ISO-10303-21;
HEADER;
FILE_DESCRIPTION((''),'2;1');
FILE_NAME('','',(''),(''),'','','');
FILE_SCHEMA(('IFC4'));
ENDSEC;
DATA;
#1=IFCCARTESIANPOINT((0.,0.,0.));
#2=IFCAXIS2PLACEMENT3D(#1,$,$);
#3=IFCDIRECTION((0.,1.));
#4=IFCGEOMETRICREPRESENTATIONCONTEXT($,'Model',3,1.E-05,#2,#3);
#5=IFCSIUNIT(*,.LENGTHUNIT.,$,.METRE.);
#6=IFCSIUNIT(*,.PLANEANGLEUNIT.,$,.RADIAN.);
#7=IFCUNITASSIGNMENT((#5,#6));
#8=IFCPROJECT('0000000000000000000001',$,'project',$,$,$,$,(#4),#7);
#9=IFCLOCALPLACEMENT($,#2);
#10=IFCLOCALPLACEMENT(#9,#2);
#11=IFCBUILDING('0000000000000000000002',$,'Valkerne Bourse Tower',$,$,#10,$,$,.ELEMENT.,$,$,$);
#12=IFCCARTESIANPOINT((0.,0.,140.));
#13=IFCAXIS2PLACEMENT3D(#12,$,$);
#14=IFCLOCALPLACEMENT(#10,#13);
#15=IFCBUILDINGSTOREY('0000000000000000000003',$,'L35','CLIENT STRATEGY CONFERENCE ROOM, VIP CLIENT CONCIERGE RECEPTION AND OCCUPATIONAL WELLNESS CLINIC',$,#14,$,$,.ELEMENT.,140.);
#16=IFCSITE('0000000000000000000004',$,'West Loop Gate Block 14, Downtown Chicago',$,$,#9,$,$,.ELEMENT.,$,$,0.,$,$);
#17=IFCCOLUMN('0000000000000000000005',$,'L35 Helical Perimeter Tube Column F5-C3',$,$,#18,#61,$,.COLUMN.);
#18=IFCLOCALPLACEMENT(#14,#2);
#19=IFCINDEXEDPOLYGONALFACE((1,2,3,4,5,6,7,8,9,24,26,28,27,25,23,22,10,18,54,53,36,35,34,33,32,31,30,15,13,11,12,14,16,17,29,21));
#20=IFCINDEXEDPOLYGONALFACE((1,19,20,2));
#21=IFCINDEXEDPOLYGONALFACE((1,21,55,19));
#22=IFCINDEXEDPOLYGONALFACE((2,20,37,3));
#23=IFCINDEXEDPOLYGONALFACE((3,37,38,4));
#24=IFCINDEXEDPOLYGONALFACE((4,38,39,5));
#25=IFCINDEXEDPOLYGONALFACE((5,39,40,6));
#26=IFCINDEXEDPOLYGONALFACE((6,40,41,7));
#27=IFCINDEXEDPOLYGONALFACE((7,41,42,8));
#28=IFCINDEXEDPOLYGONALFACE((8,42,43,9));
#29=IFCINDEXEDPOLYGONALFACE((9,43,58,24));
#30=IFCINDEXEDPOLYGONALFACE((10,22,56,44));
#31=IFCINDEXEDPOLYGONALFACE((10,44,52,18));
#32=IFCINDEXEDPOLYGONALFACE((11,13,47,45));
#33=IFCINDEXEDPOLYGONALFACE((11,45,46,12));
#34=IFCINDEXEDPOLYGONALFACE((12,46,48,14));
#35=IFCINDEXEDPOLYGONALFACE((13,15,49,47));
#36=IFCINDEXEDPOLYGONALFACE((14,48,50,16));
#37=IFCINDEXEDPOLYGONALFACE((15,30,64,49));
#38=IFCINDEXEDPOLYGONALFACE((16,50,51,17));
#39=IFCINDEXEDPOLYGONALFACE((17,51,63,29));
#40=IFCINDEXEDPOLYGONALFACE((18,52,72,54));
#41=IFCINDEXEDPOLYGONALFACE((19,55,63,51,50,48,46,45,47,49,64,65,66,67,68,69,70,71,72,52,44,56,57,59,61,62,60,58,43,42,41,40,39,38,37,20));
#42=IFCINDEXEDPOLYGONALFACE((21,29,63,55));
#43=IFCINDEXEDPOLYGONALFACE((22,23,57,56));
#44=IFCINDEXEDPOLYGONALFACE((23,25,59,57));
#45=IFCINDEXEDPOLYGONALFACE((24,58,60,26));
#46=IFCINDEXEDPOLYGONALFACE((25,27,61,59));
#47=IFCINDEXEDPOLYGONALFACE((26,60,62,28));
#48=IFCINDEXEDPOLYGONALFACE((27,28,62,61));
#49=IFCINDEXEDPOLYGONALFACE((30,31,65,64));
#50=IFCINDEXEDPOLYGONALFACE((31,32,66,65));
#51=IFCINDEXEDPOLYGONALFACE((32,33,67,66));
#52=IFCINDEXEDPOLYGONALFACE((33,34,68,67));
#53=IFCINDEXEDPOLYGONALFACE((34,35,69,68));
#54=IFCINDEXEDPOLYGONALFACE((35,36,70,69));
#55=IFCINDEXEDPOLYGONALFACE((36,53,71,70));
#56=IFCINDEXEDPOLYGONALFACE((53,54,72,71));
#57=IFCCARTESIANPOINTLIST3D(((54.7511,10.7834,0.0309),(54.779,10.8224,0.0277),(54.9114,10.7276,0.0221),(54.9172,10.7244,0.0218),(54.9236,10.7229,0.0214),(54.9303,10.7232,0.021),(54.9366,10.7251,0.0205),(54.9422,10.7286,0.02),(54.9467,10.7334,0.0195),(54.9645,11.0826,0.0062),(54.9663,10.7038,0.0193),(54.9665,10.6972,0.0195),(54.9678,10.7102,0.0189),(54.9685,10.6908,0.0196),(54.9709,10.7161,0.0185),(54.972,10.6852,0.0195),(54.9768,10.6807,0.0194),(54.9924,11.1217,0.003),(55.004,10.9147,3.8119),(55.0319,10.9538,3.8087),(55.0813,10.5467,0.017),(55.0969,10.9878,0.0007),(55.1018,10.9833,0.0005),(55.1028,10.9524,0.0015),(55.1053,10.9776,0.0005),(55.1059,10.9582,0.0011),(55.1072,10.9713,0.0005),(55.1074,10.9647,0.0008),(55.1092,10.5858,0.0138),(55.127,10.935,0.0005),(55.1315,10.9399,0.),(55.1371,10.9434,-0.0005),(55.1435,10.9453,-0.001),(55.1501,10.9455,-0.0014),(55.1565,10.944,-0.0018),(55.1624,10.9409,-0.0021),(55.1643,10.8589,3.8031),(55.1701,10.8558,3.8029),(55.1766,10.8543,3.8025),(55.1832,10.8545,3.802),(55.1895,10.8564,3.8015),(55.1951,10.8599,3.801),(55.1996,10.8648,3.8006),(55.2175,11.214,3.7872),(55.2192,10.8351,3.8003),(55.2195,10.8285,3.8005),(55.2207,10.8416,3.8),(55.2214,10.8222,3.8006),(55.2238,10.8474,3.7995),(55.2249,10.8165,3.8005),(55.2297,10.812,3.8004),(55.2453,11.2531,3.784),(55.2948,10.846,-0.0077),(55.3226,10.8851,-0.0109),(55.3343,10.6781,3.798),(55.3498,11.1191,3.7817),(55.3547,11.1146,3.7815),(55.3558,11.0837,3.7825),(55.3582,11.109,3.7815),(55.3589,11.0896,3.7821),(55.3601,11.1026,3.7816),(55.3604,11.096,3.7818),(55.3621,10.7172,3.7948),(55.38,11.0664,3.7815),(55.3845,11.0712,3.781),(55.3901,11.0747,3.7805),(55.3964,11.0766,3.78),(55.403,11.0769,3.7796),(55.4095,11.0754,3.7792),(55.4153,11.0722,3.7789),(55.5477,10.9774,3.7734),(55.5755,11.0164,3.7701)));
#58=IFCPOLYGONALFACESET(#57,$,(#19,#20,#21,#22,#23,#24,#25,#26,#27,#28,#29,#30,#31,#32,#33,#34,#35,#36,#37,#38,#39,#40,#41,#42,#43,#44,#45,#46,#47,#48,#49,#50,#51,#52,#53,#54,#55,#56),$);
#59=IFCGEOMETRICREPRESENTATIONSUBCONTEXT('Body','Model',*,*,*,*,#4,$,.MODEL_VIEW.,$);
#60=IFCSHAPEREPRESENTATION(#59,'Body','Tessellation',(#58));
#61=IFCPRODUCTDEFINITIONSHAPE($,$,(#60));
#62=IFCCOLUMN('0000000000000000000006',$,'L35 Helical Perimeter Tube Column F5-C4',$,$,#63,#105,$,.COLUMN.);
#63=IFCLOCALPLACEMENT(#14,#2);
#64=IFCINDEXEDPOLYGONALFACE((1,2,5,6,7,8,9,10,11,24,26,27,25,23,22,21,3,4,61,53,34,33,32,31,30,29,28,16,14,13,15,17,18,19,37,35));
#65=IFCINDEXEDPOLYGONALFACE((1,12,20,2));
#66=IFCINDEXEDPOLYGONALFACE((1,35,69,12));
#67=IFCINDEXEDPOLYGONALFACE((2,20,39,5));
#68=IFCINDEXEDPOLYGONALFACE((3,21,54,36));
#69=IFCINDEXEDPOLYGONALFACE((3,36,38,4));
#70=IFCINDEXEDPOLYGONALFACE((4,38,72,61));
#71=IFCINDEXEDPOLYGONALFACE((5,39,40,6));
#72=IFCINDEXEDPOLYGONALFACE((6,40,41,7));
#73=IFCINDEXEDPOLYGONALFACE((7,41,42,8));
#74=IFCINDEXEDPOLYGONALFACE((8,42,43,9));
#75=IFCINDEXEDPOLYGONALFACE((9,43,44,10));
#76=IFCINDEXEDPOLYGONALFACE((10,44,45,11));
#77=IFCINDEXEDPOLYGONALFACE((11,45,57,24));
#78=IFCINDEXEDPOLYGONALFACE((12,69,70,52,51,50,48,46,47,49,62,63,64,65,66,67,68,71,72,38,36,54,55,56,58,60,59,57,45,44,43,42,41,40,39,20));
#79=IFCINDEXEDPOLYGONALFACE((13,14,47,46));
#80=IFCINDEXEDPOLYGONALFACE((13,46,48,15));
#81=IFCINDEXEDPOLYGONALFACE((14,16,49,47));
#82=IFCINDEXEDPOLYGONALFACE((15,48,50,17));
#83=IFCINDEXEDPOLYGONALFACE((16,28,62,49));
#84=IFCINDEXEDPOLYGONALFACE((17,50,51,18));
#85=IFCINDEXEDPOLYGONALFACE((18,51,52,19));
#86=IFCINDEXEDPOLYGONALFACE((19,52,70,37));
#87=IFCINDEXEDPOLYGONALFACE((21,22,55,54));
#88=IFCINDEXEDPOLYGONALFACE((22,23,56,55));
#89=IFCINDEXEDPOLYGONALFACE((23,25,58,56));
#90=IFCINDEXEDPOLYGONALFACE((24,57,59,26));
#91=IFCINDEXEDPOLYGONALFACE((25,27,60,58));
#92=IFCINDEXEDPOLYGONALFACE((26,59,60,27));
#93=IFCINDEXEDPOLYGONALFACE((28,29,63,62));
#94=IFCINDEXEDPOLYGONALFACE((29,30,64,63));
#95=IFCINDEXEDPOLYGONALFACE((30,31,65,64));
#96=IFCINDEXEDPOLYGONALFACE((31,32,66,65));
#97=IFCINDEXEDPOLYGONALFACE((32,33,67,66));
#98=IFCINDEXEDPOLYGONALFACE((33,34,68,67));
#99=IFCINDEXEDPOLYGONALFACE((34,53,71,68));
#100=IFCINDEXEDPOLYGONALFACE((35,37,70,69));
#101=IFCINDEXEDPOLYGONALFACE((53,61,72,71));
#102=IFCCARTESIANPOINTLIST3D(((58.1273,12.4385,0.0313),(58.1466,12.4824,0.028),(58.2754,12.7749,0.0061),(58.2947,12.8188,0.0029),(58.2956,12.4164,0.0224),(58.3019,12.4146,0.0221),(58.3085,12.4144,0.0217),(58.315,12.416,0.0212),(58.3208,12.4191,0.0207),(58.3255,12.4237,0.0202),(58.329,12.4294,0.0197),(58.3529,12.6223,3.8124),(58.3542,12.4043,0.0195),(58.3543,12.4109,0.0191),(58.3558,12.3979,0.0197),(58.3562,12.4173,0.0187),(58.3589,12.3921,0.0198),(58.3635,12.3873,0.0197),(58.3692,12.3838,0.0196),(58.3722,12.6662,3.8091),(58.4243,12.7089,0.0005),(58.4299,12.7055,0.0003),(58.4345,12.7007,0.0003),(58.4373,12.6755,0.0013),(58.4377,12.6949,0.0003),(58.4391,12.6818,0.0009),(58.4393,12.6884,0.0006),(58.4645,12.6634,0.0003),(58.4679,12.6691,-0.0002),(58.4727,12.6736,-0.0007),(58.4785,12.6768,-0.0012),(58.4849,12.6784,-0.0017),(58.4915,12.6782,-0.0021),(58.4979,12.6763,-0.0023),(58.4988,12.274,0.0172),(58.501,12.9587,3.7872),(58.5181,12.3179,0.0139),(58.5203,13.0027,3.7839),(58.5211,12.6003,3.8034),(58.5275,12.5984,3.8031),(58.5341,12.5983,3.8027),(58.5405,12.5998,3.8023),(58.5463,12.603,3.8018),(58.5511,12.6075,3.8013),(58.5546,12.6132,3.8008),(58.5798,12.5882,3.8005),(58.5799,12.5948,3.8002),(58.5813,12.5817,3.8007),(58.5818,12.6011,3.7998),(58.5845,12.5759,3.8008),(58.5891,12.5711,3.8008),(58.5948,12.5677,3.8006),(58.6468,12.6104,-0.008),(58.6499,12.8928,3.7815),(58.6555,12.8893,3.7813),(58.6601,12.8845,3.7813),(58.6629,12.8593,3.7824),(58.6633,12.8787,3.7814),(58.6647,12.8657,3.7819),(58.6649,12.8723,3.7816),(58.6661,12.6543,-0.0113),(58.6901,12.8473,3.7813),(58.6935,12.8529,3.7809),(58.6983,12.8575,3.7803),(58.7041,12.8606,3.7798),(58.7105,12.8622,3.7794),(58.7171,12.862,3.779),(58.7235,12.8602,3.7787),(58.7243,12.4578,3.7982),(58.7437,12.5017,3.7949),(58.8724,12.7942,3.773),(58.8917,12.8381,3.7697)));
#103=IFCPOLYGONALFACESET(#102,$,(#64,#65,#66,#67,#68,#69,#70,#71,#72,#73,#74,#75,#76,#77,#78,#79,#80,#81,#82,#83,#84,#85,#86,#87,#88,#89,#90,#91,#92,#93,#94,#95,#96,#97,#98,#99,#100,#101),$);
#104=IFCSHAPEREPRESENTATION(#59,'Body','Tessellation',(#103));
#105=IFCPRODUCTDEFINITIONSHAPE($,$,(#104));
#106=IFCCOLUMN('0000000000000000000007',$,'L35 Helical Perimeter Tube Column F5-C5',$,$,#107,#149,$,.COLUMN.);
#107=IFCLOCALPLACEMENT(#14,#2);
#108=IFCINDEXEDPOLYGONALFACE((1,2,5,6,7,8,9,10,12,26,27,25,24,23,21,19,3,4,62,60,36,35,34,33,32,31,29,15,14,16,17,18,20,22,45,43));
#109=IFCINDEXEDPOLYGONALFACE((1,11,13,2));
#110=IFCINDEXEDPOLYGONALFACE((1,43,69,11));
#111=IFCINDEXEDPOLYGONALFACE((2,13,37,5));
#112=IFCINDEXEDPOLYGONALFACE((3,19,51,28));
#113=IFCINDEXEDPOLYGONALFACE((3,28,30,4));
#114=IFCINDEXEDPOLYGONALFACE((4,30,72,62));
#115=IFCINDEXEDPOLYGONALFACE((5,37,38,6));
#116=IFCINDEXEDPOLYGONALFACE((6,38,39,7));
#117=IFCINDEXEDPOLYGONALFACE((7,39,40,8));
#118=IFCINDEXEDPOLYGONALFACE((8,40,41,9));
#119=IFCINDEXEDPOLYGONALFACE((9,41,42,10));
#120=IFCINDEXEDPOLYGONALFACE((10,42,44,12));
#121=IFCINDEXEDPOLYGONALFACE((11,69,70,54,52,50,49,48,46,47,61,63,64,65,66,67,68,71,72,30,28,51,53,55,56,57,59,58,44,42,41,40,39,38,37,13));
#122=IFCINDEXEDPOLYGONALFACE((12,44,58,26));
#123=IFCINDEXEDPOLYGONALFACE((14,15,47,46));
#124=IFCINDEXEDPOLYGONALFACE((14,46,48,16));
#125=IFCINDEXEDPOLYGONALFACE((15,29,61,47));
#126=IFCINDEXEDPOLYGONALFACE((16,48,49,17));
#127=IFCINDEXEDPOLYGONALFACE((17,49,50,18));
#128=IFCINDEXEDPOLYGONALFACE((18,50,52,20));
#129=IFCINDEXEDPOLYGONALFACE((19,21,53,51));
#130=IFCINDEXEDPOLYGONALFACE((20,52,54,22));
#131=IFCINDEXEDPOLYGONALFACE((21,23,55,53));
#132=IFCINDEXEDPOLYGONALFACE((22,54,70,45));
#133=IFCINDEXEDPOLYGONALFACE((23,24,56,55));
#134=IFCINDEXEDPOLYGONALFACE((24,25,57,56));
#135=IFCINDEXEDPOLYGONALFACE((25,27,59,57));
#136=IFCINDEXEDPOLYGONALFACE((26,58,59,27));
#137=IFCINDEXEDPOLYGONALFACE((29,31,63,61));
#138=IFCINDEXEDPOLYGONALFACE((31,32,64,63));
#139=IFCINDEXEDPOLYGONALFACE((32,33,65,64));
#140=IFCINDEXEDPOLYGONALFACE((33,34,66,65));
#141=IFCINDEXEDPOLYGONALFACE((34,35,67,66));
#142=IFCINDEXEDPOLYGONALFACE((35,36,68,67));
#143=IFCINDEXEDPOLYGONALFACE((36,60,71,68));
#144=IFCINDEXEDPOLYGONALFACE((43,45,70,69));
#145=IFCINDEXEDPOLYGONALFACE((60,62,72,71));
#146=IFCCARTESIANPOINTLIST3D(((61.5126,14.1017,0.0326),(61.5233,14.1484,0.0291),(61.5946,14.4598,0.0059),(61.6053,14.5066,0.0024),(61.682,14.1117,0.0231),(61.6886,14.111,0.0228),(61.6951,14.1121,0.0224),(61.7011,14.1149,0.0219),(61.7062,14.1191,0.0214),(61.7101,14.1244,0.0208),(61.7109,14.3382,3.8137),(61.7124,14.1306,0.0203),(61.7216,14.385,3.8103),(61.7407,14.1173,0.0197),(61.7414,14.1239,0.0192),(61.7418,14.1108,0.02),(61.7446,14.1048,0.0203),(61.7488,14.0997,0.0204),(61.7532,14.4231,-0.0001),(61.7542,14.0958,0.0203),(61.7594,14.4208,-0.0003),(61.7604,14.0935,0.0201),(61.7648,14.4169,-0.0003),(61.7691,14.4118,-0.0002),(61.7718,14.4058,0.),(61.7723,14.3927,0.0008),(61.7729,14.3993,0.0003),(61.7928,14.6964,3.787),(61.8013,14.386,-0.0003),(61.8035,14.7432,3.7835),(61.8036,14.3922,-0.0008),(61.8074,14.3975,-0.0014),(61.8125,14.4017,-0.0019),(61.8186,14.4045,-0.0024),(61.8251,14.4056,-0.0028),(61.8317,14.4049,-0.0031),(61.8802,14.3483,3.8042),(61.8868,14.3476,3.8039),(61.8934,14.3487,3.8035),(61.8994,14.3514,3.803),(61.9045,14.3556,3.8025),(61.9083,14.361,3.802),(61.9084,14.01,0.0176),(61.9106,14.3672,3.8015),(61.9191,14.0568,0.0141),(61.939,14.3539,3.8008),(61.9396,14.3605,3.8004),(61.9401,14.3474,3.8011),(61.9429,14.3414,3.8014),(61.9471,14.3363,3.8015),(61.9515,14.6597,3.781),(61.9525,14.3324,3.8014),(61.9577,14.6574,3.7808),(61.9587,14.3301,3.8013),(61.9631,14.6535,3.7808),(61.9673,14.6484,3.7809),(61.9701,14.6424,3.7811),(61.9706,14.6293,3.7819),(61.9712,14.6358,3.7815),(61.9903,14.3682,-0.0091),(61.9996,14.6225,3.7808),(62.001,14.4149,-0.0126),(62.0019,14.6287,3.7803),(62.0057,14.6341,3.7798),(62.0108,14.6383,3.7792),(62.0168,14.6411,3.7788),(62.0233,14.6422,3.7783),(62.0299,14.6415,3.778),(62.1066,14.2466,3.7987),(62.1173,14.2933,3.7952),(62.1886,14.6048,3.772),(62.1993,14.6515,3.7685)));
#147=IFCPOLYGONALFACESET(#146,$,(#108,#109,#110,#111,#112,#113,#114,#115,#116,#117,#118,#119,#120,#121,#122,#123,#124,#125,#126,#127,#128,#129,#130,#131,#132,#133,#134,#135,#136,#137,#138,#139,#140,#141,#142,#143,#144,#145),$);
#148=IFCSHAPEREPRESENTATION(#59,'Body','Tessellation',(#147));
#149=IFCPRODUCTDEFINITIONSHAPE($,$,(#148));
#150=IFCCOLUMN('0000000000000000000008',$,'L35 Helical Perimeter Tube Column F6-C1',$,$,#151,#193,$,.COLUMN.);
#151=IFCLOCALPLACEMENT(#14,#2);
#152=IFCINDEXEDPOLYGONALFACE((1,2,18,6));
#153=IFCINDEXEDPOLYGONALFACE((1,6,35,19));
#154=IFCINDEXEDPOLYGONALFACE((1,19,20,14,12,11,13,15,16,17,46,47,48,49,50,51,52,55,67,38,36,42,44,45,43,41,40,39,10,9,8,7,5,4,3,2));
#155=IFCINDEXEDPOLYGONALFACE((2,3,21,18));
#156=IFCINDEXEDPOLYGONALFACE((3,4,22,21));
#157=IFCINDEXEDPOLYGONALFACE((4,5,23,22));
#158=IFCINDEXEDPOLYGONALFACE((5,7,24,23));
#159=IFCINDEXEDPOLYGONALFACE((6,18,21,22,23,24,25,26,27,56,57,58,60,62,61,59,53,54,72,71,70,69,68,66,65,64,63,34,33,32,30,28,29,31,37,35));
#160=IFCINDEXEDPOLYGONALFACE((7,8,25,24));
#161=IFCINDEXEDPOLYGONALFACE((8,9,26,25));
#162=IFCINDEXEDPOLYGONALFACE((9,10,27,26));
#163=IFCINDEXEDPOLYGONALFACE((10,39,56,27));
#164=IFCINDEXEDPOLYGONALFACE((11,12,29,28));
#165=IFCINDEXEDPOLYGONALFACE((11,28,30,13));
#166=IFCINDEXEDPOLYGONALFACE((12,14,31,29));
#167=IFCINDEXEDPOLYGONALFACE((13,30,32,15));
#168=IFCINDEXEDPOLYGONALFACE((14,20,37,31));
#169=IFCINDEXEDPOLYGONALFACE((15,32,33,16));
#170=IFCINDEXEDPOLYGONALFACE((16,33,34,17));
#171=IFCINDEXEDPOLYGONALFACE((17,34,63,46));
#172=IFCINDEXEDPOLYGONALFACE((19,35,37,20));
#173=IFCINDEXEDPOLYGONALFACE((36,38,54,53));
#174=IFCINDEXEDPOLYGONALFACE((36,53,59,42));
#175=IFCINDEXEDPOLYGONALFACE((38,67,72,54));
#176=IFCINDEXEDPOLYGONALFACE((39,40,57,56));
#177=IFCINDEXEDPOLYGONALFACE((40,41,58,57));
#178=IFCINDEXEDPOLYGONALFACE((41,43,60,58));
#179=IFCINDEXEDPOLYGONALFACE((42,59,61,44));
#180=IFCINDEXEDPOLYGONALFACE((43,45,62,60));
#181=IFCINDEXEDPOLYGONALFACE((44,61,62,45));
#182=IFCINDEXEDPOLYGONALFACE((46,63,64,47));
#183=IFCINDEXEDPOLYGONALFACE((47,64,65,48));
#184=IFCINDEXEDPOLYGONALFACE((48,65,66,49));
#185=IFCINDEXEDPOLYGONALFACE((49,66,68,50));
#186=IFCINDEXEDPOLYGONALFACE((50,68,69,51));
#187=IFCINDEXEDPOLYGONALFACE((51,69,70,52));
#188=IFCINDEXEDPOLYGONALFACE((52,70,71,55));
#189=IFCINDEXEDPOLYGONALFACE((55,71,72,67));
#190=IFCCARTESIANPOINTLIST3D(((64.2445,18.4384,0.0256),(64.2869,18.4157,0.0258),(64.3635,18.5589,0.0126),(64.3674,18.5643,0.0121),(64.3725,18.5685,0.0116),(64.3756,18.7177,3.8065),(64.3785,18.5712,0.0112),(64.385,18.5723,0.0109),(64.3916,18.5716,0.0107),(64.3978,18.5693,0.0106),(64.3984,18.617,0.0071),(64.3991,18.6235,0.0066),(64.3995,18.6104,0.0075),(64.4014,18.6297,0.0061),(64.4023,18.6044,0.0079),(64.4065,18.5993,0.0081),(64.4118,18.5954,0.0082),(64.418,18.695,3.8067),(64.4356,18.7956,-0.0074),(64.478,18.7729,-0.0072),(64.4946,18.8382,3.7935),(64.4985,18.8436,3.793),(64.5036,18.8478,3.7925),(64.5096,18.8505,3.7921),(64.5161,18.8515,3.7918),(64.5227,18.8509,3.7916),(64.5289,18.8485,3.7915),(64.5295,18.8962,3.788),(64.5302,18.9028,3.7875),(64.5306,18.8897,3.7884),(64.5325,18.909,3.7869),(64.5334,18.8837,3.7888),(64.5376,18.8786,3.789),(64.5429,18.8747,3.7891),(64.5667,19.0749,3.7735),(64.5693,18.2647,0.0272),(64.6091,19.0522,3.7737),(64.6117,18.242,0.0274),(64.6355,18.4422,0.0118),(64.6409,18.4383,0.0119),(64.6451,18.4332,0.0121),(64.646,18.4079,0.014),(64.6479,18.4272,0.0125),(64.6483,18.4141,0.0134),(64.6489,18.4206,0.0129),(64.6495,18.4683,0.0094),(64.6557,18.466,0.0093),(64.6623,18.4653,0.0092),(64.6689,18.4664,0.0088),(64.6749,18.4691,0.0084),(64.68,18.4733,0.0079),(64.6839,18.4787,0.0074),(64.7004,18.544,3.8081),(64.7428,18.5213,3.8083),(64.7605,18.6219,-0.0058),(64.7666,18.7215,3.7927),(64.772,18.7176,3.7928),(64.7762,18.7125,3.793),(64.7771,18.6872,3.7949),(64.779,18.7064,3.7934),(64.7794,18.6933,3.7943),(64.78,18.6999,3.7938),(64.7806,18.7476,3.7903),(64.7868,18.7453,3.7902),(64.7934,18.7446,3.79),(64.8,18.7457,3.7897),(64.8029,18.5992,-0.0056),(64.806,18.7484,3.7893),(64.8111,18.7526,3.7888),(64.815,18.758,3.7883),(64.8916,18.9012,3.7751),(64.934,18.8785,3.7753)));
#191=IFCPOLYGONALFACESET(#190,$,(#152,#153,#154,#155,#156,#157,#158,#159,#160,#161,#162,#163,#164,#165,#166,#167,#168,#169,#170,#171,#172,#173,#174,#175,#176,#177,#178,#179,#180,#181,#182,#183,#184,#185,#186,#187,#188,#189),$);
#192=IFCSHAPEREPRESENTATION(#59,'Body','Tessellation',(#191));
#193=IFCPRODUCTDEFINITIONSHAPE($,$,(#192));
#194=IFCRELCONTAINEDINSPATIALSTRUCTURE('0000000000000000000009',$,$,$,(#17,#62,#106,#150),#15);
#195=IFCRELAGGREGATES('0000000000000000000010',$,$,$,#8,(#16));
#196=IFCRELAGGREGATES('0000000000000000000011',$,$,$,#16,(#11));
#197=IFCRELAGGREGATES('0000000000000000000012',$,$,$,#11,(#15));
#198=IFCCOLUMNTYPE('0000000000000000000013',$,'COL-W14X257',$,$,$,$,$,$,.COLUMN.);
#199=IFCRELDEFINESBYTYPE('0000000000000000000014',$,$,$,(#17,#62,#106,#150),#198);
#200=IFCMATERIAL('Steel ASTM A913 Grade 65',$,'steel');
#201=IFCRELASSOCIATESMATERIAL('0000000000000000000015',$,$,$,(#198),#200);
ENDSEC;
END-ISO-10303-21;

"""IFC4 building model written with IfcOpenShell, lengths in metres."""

from ifc_helpers import new_model, si_unit, direction, frame, origin, origin_2d, place, context, subcontext, project, spatial, i_section, extrude, material, material_profile, profile_set, type_object, element, save


model = new_model("IFC4")

# Units and contexts
model_context = context("Model", 3, precision=1e-05, world=origin(), true_north=direction((0.0, 1.0)))
body_context = subcontext(model_context, "Body", "Model", "MODEL_VIEW")
ifc_project = project(units=[si_unit("LENGTHUNIT", "METRE"), si_unit("PLANEANGLEUNIT", "RADIAN")], contexts=[model_context])

# Site, building, storey
site_placement = place(None, origin())
site = spatial("IfcSite", under=ifc_project, at=site_placement, Name="West Loop Gate Block 14, Downtown Chicago", CompositionType="ELEMENT", RefElevation=0.0)
building_placement = place(site_placement, origin())
building = spatial("IfcBuilding", under=site, at=building_placement, Name="Valkerne Bourse Tower", CompositionType="ELEMENT")
storey_placement = place(building_placement, frame((0.0, 0.0, 140.0)))
storey = spatial("IfcBuildingStorey", under=building, at=storey_placement, Name="L35", Description="CLIENT STRATEGY CONFERENCE ROOM, VIP CLIENT CONCIERGE RECEPTION AND OCCUPATIONAL WELLNESS CLINIC", CompositionType="ELEMENT", Elevation=140.0)

# Columns
ifc_material_1 = material(Name="Steel ASTM A913 Grade 65", Category="steel")
ifc_material_profile_1 = material_profile(ifc_material_1, i_section(OverallWidth=0.4065, OverallDepth=0.4165, WebThickness=0.0298, FlangeThickness=0.0481, FilletRadius=0.0254, at=origin_2d()), Name="W14X257")
ifc_profile_set_1 = profile_set([ifc_material_profile_1], Name="Steel ASTM A913 Grade 65")
column_type = type_object("IfcColumnType", Name="COL-W14X257", PredefinedType="COLUMN", material=ifc_profile_set_1)
column_1_placement = place(storey_placement, frame((55.0369, 10.8342, 0.01), z_axis=(0.066706, 0.034641, 0.997171), x_axis=(-0.812398, 0.582103, 0.034124)))
element("IfcColumn", 1, at=column_1_placement, inside=storey, type_object=column_type, Name="L35 Helical Perimeter Tube Column F5-C3", PredefinedType="COLUMN", context=body_context, shape_type="SweptSolid", body=[
    extrude(i_section(OverallWidth=0.4065, OverallDepth=0.4165, WebThickness=0.0298, FlangeThickness=0.0481, FilletRadius=0.0254, at=origin_2d()), origin(), (0.0, 0.0, 1.0), 3.7917),
])
column_2_placement = place(storey_placement, frame((58.3967, 12.5464, 0.01), z_axis=(0.059487, 0.048478, 0.997051), x_axis=(-0.913765, 0.404746, 0.034839)))
element("IfcColumn", 2, at=column_2_placement, inside=storey, type_object=column_type, Name="L35 Helical Perimeter Tube Column F5-C4", PredefinedType="COLUMN", context=body_context, shape_type="SweptSolid", body=[
    extrude(i_section(OverallWidth=0.4065, OverallDepth=0.4165, WebThickness=0.0298, FlangeThickness=0.0481, FilletRadius=0.0254, at=origin_2d()), origin(), (0.0, 0.0, 1.0), 3.7922),
])
column_3_placement = place(storey_placement, frame((61.7568, 14.2583, 0.01), z_axis=(0.052257, 0.062361, 0.996685), x_axis=(-0.973551, 0.225463, 0.036937)))
element("IfcColumn", 3, at=column_3_placement, inside=storey, type_object=column_type, Name="L35 Helical Perimeter Tube Column F5-C5", PredefinedType="COLUMN", context=body_context, shape_type="SweptSolid", body=[
    extrude(i_section(OverallWidth=0.4065, OverallDepth=0.4165, WebThickness=0.0298, FlangeThickness=0.0481, FilletRadius=0.0254, at=origin_2d()), origin(), (0.0, 0.0, 1.0), 3.7937),
])
column_4_placement = place(storey_placement, frame((64.5237, 18.5188, 0.01), z_axis=(0.034559, 0.073624, 0.996687), x_axis=(-0.470308, -0.878757, 0.08122)))
element("IfcColumn", 4, at=column_4_placement, inside=storey, type_object=column_type, Name="L35 Helical Perimeter Tube Column F6-C1", PredefinedType="COLUMN", context=body_context, shape_type="SweptSolid", body=[
    extrude(i_section(OverallWidth=0.4065, OverallDepth=0.4165, WebThickness=0.0298, FlangeThickness=0.0481, FilletRadius=0.0254, at=origin_2d()), origin(), (0.0, 0.0, 1.0), 3.7935),
])

save(model, "model.ifc")
